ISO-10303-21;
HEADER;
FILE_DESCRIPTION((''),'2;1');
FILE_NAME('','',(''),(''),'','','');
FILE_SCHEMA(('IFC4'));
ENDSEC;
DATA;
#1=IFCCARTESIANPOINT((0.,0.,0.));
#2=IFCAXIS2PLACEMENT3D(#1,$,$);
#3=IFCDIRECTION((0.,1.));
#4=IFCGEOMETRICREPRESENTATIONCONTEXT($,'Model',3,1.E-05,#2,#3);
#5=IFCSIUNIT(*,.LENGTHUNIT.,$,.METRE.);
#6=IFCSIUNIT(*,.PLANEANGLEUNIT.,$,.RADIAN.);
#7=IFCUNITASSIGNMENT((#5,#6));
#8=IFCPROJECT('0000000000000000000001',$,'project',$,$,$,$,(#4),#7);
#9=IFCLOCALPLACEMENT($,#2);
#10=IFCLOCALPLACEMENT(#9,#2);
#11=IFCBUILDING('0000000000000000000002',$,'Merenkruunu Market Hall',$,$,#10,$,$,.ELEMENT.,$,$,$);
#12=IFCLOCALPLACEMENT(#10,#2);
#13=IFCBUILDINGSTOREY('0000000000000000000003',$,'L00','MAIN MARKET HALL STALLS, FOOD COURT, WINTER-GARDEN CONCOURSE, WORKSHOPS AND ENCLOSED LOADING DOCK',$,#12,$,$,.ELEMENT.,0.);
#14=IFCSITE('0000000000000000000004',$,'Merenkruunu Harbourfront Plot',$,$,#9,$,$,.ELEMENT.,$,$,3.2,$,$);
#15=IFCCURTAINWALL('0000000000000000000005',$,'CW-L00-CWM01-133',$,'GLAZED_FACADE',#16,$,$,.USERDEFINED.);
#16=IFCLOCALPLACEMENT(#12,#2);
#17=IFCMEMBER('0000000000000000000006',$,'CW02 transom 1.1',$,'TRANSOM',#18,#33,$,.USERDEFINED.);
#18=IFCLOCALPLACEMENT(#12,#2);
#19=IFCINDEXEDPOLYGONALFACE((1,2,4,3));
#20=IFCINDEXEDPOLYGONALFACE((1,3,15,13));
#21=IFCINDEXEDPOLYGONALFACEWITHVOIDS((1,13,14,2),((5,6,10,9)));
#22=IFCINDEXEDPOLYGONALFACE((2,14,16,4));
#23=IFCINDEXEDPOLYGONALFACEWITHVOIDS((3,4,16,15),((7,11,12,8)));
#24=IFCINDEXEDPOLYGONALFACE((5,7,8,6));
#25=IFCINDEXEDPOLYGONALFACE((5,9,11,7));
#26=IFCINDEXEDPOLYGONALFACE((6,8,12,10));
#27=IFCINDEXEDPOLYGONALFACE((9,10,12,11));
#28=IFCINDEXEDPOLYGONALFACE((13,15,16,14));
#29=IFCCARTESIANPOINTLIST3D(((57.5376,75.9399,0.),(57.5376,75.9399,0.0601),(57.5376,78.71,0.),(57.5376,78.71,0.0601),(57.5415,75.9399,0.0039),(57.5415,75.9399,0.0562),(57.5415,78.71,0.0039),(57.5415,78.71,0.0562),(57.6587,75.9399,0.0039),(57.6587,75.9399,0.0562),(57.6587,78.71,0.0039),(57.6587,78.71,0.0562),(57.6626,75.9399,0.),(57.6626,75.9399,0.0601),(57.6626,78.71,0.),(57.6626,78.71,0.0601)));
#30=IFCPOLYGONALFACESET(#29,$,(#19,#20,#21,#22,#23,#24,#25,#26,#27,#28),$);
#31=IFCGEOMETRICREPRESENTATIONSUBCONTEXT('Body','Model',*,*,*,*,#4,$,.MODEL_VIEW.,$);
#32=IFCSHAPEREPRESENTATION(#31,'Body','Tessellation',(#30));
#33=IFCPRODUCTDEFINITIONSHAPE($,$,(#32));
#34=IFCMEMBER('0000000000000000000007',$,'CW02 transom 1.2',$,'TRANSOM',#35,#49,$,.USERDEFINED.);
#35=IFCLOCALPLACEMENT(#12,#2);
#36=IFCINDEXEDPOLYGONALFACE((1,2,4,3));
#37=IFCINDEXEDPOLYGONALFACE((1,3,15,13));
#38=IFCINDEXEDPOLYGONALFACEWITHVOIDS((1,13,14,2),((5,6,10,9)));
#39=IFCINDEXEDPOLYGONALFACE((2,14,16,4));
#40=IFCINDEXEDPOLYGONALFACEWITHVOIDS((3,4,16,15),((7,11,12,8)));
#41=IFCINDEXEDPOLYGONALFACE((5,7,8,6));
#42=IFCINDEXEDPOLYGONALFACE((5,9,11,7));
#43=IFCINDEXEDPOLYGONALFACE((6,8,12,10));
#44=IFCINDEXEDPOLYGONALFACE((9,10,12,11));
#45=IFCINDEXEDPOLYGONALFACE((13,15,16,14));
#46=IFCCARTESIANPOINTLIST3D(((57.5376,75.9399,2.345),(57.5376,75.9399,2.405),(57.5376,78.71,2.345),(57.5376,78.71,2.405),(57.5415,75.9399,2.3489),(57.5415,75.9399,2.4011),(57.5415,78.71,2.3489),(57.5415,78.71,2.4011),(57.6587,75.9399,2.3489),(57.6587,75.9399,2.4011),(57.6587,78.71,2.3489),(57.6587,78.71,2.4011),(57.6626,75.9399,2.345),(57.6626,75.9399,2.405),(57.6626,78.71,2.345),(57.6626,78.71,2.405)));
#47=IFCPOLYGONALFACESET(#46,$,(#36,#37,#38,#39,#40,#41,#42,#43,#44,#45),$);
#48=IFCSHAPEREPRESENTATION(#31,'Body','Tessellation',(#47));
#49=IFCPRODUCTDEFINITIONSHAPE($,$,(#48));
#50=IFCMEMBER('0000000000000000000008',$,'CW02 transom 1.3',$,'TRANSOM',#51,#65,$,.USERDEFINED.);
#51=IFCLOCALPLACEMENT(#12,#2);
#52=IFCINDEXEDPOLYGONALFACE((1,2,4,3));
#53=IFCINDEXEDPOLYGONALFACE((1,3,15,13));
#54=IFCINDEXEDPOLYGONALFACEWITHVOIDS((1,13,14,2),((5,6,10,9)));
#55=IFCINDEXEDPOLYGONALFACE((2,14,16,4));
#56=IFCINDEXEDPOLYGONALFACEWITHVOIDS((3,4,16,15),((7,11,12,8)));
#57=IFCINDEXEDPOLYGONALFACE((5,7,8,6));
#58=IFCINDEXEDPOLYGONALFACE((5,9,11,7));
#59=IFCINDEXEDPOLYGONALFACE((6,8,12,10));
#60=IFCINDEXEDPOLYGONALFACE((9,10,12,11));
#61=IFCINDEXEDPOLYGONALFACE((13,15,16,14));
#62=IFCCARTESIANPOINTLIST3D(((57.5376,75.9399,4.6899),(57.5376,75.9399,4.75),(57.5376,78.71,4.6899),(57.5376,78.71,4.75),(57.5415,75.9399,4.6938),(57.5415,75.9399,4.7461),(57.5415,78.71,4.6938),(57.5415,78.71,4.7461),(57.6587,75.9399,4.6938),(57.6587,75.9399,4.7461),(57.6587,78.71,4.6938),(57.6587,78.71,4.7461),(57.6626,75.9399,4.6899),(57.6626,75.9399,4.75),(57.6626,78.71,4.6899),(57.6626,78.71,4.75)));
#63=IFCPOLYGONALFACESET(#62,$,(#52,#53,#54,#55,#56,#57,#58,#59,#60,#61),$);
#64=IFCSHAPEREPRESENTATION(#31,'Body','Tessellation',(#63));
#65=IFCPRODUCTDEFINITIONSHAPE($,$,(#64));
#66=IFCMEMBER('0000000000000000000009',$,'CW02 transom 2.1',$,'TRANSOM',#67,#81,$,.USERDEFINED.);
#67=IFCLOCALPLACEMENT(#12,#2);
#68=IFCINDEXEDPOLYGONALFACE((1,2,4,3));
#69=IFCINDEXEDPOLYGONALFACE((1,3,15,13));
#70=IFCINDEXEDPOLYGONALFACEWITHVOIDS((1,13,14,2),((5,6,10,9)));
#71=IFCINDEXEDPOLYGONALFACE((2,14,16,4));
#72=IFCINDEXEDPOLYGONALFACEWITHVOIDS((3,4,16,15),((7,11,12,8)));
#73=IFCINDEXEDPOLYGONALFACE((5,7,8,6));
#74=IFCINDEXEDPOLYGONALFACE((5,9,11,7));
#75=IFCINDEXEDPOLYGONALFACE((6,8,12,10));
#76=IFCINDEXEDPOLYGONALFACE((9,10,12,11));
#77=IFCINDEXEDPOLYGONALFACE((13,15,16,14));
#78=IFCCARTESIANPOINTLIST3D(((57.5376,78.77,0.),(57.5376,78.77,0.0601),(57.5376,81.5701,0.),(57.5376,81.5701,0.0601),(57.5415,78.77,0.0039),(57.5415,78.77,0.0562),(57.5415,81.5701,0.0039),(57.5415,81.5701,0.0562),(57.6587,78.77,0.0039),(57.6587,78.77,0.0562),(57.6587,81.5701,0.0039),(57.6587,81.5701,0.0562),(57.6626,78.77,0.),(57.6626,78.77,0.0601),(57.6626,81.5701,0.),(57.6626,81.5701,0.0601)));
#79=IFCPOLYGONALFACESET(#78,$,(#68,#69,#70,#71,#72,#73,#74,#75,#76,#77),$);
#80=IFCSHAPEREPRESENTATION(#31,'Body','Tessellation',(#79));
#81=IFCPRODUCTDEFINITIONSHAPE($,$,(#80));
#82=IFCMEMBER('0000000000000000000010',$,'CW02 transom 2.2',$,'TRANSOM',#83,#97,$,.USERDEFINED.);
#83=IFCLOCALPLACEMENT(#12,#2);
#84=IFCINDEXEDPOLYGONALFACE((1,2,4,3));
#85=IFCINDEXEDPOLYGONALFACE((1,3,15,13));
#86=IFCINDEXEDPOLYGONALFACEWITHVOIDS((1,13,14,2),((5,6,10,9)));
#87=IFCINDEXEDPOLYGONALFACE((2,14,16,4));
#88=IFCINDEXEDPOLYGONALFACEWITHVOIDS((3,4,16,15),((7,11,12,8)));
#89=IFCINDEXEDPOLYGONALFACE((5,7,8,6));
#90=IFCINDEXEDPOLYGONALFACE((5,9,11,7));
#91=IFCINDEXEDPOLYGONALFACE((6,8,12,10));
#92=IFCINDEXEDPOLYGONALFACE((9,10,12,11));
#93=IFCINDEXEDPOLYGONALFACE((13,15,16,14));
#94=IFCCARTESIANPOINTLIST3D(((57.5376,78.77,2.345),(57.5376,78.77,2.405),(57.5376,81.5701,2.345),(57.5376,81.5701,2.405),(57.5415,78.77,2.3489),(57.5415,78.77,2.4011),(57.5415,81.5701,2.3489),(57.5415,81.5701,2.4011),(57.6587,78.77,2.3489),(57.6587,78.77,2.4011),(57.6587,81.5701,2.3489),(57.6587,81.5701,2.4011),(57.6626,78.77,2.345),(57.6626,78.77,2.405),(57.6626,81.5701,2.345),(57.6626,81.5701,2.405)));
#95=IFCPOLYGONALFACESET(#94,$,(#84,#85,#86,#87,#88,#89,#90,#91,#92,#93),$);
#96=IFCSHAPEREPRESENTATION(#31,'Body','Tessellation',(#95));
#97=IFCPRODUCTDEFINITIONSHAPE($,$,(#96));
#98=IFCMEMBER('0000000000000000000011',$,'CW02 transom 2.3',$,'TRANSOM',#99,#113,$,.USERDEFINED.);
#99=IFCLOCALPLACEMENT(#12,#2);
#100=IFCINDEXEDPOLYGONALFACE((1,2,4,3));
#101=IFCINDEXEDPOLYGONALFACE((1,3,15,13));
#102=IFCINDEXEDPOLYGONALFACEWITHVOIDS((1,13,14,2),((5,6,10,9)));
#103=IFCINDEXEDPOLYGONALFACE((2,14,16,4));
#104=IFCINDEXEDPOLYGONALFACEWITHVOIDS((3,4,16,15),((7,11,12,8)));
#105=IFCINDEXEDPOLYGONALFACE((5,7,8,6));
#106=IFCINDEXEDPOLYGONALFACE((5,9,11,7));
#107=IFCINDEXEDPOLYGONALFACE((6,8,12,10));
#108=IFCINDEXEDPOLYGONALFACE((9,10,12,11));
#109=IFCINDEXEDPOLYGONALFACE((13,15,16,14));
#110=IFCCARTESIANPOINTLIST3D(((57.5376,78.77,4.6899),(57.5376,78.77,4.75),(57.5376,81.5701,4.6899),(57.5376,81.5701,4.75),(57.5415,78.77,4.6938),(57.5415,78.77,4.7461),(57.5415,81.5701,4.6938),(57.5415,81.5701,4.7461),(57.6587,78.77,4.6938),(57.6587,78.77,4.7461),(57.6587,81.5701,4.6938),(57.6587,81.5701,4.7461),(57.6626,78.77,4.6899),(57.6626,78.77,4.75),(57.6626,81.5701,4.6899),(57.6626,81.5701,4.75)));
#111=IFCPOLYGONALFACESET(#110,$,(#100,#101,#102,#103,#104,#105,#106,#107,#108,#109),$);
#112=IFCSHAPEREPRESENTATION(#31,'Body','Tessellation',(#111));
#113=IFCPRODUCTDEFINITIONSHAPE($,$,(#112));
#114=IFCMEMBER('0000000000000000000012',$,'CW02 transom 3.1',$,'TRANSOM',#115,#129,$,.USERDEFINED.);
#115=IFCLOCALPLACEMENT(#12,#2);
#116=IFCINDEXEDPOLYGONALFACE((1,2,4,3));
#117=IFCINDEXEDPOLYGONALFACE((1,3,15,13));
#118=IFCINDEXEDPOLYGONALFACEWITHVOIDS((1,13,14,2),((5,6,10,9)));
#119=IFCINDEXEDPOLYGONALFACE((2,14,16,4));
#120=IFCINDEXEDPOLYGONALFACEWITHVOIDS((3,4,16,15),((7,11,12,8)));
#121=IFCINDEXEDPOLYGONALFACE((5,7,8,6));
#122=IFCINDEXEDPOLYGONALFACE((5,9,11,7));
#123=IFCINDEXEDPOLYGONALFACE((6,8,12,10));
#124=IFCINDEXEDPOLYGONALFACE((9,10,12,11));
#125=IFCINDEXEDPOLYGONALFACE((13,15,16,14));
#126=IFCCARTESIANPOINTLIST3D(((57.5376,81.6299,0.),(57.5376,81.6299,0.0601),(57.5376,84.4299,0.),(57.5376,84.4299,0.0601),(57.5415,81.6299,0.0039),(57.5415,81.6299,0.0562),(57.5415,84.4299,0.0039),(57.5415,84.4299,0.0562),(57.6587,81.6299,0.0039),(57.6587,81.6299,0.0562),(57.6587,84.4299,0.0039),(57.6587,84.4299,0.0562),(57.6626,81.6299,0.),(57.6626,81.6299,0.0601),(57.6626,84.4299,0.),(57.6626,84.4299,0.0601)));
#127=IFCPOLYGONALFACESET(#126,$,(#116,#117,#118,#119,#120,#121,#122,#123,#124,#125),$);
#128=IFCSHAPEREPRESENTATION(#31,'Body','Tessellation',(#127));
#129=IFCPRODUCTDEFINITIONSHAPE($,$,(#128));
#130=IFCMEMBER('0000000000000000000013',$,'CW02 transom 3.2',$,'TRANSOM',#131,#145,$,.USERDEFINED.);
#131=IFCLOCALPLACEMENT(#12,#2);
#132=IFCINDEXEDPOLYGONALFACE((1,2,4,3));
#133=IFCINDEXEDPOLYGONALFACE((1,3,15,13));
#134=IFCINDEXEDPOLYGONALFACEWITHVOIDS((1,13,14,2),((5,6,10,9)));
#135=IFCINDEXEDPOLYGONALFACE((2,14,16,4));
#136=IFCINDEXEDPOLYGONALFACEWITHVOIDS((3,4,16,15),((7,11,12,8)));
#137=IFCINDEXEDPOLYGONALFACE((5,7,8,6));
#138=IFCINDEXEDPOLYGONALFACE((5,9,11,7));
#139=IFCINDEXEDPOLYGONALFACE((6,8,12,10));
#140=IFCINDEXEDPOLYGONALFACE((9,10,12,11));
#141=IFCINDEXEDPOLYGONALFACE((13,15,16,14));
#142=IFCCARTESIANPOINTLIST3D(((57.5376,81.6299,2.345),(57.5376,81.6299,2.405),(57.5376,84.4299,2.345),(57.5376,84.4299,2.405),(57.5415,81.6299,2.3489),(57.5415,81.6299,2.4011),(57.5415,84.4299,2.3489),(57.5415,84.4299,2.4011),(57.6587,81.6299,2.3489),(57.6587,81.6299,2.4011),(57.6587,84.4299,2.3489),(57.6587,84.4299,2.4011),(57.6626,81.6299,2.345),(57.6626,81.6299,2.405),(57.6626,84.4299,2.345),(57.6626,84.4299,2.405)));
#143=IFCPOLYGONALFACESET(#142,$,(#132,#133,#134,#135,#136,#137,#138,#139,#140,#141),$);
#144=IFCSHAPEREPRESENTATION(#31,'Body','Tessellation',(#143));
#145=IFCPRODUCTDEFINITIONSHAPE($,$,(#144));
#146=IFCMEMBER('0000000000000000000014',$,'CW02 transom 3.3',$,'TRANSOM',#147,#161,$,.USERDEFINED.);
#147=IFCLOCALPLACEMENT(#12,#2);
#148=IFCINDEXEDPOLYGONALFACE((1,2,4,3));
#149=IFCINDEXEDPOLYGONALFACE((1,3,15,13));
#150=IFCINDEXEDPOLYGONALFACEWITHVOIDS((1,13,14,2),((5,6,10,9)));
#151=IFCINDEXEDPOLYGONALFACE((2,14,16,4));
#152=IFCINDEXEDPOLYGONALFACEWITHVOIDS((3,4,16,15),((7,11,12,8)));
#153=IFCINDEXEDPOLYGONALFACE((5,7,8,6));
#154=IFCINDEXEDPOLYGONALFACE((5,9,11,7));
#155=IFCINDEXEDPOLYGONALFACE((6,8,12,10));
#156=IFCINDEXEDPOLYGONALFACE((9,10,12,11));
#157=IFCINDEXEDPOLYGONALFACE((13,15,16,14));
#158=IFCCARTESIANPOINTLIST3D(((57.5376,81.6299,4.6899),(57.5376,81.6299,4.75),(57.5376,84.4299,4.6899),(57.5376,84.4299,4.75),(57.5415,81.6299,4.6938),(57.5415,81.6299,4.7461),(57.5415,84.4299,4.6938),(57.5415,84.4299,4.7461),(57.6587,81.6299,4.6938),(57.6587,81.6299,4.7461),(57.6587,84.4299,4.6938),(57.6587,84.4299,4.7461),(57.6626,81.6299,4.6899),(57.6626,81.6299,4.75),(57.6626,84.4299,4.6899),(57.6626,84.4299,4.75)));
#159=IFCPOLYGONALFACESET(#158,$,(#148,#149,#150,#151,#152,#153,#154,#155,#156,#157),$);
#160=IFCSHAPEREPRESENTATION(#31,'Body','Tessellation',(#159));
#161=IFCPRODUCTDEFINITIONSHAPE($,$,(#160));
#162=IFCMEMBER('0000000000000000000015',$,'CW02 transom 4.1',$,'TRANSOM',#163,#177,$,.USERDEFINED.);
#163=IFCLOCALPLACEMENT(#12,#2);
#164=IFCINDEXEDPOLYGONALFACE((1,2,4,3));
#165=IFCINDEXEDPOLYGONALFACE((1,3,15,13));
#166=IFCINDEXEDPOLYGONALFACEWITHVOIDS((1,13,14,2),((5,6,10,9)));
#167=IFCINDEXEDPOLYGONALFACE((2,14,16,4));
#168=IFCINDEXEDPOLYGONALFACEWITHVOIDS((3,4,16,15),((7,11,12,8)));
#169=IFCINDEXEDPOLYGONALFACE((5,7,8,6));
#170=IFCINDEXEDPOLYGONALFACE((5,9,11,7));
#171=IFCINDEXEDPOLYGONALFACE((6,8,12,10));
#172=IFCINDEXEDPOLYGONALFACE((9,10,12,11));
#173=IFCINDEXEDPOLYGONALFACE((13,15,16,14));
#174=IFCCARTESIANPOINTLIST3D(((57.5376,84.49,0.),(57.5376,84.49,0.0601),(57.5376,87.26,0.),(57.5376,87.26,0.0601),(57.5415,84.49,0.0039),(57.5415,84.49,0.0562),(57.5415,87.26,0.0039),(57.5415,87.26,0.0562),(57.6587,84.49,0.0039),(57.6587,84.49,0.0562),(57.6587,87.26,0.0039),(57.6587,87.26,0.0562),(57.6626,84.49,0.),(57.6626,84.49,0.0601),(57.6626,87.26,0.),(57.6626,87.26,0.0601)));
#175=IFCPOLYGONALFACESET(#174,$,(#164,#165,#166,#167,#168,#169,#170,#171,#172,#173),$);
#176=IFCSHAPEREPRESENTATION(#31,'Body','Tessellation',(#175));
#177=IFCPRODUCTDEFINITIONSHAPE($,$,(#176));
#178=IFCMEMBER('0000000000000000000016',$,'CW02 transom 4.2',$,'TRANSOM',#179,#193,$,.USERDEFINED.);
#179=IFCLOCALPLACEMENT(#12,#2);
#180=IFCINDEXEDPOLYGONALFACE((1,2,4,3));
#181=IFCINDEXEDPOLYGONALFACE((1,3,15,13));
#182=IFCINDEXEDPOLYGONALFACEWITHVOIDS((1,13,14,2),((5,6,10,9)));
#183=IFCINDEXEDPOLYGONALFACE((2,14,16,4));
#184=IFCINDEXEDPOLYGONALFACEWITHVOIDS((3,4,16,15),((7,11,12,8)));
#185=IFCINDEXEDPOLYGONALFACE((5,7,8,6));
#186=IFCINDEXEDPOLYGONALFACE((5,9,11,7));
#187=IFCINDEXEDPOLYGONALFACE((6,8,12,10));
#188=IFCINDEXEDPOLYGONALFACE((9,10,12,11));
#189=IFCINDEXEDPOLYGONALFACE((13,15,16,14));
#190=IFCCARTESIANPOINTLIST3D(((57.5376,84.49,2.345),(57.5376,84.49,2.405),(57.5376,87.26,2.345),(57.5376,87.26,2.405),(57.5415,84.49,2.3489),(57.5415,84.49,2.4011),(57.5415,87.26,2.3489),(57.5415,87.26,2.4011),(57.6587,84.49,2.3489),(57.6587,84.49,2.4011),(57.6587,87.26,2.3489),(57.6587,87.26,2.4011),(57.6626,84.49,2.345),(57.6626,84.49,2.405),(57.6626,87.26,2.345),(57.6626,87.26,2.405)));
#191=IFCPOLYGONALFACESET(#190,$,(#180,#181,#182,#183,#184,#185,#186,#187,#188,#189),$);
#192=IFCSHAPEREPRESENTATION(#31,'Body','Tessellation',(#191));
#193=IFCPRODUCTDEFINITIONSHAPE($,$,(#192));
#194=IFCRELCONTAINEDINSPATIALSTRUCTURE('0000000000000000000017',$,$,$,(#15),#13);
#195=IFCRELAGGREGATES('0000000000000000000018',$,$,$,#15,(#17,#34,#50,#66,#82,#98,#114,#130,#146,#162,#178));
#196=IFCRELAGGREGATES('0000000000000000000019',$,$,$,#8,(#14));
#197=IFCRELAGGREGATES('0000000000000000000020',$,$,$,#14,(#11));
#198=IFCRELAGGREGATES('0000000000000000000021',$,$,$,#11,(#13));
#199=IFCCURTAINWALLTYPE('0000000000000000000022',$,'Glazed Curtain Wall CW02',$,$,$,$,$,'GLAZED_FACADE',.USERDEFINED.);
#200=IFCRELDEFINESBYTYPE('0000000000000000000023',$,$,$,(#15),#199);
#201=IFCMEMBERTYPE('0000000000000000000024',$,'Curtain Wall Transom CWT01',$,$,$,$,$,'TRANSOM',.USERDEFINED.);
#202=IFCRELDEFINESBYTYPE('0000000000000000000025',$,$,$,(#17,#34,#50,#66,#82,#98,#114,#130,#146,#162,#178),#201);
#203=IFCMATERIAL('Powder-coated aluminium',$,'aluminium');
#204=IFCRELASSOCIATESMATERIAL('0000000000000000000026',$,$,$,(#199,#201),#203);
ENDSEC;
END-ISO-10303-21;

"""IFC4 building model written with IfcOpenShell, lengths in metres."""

from ifc_helpers import new_model, si_unit, direction, frame, origin, origin_2d, place, context, subcontext, project, spatial, hollow_rectangle, extrude, material, material_profile, profile_set, type_object, element, aggregate, save


model = new_model("IFC4")

# Units and contexts
model_context = context("Model", 3, precision=1e-05, world=origin(), true_north=direction((0.0, 1.0)))
body_context = subcontext(model_context, "Body", "Model", "MODEL_VIEW")
ifc_project = project(units=[si_unit("LENGTHUNIT", "METRE"), si_unit("PLANEANGLEUNIT", "RADIAN")], contexts=[model_context])

# Site, building, storey
site_placement = place(None, origin())
site = spatial("IfcSite", under=ifc_project, at=site_placement, Name="Merenkruunu Harbourfront Plot", CompositionType="ELEMENT", RefElevation=3.2)
building_placement = place(site_placement, origin())
building = spatial("IfcBuilding", under=site, at=building_placement, Name="Merenkruunu Market Hall", CompositionType="ELEMENT")
storey_placement = place(building_placement, origin())
storey = spatial("IfcBuildingStorey", under=building, at=storey_placement, Name="L00", Description="MAIN MARKET HALL STALLS, FOOD COURT, WINTER-GARDEN CONCOURSE, WORKSHOPS AND ENCLOSED LOADING DOCK", CompositionType="ELEMENT", Elevation=0.0)

# Curtain wall, members
ifc_material_1 = material(Name="Powder-coated aluminium", Category="aluminium")
curtain_wall_type = type_object("IfcCurtainWallType", Name="Glazed Curtain Wall CW02", ElementType="GLAZED_FACADE", PredefinedType="USERDEFINED", material=ifc_material_1)
curtain_wall_placement = place(storey_placement, origin())
curtain_wall = element("IfcCurtainWall", 1, at=curtain_wall_placement, inside=storey, type_object=curtain_wall_type, Name="CW-L00-CWM01-133", ObjectType="GLAZED_FACADE", PredefinedType="USERDEFINED")
ifc_material_profile_1 = material_profile(ifc_material_1, hollow_rectangle(XDim=0.0601, YDim=0.125, WallThickness=0.0039, at=origin_2d()), Name="ALU 60x125x4")
ifc_profile_set_1 = profile_set([ifc_material_profile_1], Name="Powder-coated aluminium")
member_type_1 = type_object("IfcMemberType", Name="Curtain Wall Transom CWT01", ElementType="TRANSOM", PredefinedType="USERDEFINED", material=ifc_profile_set_1)
member_1_placement = place(storey_placement, frame((57.6001, 75.9399, 0.03), z_axis=(0.0, 1.0, 0.0), x_axis=(0.0, 0.0, 1.0)))
member_1 = element("IfcMember", 2, at=member_1_placement, type_object=member_type_1, Name="CW02 transom 1.1", ObjectType="TRANSOM", PredefinedType="USERDEFINED", context=body_context, shape_type="SweptSolid", body=[
    extrude(hollow_rectangle(XDim=0.0601, YDim=0.125, WallThickness=0.0039, at=origin_2d()), origin(), (0.0, 0.0, 1.0), 2.77),
])
member_2_placement = place(storey_placement, frame((57.6001, 75.9399, 2.375), z_axis=(0.0, 1.0, 0.0), x_axis=(0.0, 0.0, 1.0)))
member_2 = element("IfcMember", 3, at=member_2_placement, type_object=member_type_1, Name="CW02 transom 1.2", ObjectType="TRANSOM", PredefinedType="USERDEFINED", context=body_context, shape_type="SweptSolid", body=[
    extrude(hollow_rectangle(XDim=0.0601, YDim=0.125, WallThickness=0.0039, at=origin_2d()), origin(), (0.0, 0.0, 1.0), 2.77),
])
member_3_placement = place(storey_placement, frame((57.6001, 75.9399, 4.72), z_axis=(0.0, 1.0, 0.0), x_axis=(0.0, 0.0, 1.0)))
member_3 = element("IfcMember", 4, at=member_3_placement, type_object=member_type_1, Name="CW02 transom 1.3", ObjectType="TRANSOM", PredefinedType="USERDEFINED", context=body_context, shape_type="SweptSolid", body=[
    extrude(hollow_rectangle(XDim=0.0601, YDim=0.125, WallThickness=0.0039, at=origin_2d()), origin(), (0.0, 0.0, 1.0), 2.77),
])
member_4_placement = place(storey_placement, frame((57.6001, 78.77, 0.03), z_axis=(0.0, 1.0, 0.0), x_axis=(0.0, 0.0, 1.0)))
member_4 = element("IfcMember", 5, at=member_4_placement, type_object=member_type_1, Name="CW02 transom 2.1", ObjectType="TRANSOM", PredefinedType="USERDEFINED", context=body_context, shape_type="SweptSolid", body=[
    extrude(hollow_rectangle(XDim=0.0601, YDim=0.125, WallThickness=0.0039, at=origin_2d()), origin(), (0.0, 0.0, 1.0), 2.8),
])
member_5_placement = place(storey_placement, frame((57.6001, 78.77, 2.375), z_axis=(0.0, 1.0, 0.0), x_axis=(0.0, 0.0, 1.0)))
member_5 = element("IfcMember", 6, at=member_5_placement, type_object=member_type_1, Name="CW02 transom 2.2", ObjectType="TRANSOM", PredefinedType="USERDEFINED", context=body_context, shape_type="SweptSolid", body=[
    extrude(hollow_rectangle(XDim=0.0601, YDim=0.125, WallThickness=0.0039, at=origin_2d()), origin(), (0.0, 0.0, 1.0), 2.8),
])
member_6_placement = place(storey_placement, frame((57.6001, 78.77, 4.72), z_axis=(0.0, 1.0, 0.0), x_axis=(0.0, 0.0, 1.0)))
member_6 = element("IfcMember", 7, at=member_6_placement, type_object=member_type_1, Name="CW02 transom 2.3", ObjectType="TRANSOM", PredefinedType="USERDEFINED", context=body_context, shape_type="SweptSolid", body=[
    extrude(hollow_rectangle(XDim=0.0601, YDim=0.125, WallThickness=0.0039, at=origin_2d()), origin(), (0.0, 0.0, 1.0), 2.8),
])
member_7_placement = place(storey_placement, frame((57.6001, 81.6299, 0.03), z_axis=(0.0, 1.0, 0.0), x_axis=(0.0, 0.0, 1.0)))
member_7 = element("IfcMember", 8, at=member_7_placement, type_object=member_type_1, Name="CW02 transom 3.1", ObjectType="TRANSOM", PredefinedType="USERDEFINED", context=body_context, shape_type="SweptSolid", body=[
    extrude(hollow_rectangle(XDim=0.0601, YDim=0.125, WallThickness=0.0039, at=origin_2d()), origin(), (0.0, 0.0, 1.0), 2.8),
])
member_8_placement = place(storey_placement, frame((57.6001, 81.6299, 2.375), z_axis=(0.0, 1.0, 0.0), x_axis=(0.0, 0.0, 1.0)))
member_8 = element("IfcMember", 9, at=member_8_placement, type_object=member_type_1, Name="CW02 transom 3.2", ObjectType="TRANSOM", PredefinedType="USERDEFINED", context=body_context, shape_type="SweptSolid", body=[
    extrude(hollow_rectangle(XDim=0.0601, YDim=0.125, WallThickness=0.0039, at=origin_2d()), origin(), (0.0, 0.0, 1.0), 2.8),
])
member_9_placement = place(storey_placement, frame((57.6001, 81.6299, 4.72), z_axis=(0.0, 1.0, 0.0), x_axis=(0.0, 0.0, 1.0)))
member_9 = element("IfcMember", 10, at=member_9_placement, type_object=member_type_1, Name="CW02 transom 3.3", ObjectType="TRANSOM", PredefinedType="USERDEFINED", context=body_context, shape_type="SweptSolid", body=[
    extrude(hollow_rectangle(XDim=0.0601, YDim=0.125, WallThickness=0.0039, at=origin_2d()), origin(), (0.0, 0.0, 1.0), 2.8),
])
member_10_placement = place(storey_placement, frame((57.6001, 84.49, 0.03), z_axis=(0.0, 1.0, 0.0), x_axis=(0.0, 0.0, 1.0)))
member_10 = element("IfcMember", 11, at=member_10_placement, type_object=member_type_1, Name="CW02 transom 4.1", ObjectType="TRANSOM", PredefinedType="USERDEFINED", context=body_context, shape_type="SweptSolid", body=[
    extrude(hollow_rectangle(XDim=0.0601, YDim=0.125, WallThickness=0.0039, at=origin_2d()), origin(), (0.0, 0.0, 1.0), 2.77),
])
member_11_placement = place(storey_placement, frame((57.6001, 84.49, 2.375), z_axis=(0.0, 1.0, 0.0), x_axis=(0.0, 0.0, 1.0)))
member_11 = element("IfcMember", 12, at=member_11_placement, type_object=member_type_1, Name="CW02 transom 4.2", ObjectType="TRANSOM", PredefinedType="USERDEFINED", context=body_context, shape_type="SweptSolid", body=[
    extrude(hollow_rectangle(XDim=0.0601, YDim=0.125, WallThickness=0.0039, at=origin_2d()), origin(), (0.0, 0.0, 1.0), 2.77),
])

aggregate(curtain_wall, [member_1, member_2, member_3, member_4, member_5, member_6, member_7, member_8, member_9, member_10, member_11])

save(model, "model.ifc")
